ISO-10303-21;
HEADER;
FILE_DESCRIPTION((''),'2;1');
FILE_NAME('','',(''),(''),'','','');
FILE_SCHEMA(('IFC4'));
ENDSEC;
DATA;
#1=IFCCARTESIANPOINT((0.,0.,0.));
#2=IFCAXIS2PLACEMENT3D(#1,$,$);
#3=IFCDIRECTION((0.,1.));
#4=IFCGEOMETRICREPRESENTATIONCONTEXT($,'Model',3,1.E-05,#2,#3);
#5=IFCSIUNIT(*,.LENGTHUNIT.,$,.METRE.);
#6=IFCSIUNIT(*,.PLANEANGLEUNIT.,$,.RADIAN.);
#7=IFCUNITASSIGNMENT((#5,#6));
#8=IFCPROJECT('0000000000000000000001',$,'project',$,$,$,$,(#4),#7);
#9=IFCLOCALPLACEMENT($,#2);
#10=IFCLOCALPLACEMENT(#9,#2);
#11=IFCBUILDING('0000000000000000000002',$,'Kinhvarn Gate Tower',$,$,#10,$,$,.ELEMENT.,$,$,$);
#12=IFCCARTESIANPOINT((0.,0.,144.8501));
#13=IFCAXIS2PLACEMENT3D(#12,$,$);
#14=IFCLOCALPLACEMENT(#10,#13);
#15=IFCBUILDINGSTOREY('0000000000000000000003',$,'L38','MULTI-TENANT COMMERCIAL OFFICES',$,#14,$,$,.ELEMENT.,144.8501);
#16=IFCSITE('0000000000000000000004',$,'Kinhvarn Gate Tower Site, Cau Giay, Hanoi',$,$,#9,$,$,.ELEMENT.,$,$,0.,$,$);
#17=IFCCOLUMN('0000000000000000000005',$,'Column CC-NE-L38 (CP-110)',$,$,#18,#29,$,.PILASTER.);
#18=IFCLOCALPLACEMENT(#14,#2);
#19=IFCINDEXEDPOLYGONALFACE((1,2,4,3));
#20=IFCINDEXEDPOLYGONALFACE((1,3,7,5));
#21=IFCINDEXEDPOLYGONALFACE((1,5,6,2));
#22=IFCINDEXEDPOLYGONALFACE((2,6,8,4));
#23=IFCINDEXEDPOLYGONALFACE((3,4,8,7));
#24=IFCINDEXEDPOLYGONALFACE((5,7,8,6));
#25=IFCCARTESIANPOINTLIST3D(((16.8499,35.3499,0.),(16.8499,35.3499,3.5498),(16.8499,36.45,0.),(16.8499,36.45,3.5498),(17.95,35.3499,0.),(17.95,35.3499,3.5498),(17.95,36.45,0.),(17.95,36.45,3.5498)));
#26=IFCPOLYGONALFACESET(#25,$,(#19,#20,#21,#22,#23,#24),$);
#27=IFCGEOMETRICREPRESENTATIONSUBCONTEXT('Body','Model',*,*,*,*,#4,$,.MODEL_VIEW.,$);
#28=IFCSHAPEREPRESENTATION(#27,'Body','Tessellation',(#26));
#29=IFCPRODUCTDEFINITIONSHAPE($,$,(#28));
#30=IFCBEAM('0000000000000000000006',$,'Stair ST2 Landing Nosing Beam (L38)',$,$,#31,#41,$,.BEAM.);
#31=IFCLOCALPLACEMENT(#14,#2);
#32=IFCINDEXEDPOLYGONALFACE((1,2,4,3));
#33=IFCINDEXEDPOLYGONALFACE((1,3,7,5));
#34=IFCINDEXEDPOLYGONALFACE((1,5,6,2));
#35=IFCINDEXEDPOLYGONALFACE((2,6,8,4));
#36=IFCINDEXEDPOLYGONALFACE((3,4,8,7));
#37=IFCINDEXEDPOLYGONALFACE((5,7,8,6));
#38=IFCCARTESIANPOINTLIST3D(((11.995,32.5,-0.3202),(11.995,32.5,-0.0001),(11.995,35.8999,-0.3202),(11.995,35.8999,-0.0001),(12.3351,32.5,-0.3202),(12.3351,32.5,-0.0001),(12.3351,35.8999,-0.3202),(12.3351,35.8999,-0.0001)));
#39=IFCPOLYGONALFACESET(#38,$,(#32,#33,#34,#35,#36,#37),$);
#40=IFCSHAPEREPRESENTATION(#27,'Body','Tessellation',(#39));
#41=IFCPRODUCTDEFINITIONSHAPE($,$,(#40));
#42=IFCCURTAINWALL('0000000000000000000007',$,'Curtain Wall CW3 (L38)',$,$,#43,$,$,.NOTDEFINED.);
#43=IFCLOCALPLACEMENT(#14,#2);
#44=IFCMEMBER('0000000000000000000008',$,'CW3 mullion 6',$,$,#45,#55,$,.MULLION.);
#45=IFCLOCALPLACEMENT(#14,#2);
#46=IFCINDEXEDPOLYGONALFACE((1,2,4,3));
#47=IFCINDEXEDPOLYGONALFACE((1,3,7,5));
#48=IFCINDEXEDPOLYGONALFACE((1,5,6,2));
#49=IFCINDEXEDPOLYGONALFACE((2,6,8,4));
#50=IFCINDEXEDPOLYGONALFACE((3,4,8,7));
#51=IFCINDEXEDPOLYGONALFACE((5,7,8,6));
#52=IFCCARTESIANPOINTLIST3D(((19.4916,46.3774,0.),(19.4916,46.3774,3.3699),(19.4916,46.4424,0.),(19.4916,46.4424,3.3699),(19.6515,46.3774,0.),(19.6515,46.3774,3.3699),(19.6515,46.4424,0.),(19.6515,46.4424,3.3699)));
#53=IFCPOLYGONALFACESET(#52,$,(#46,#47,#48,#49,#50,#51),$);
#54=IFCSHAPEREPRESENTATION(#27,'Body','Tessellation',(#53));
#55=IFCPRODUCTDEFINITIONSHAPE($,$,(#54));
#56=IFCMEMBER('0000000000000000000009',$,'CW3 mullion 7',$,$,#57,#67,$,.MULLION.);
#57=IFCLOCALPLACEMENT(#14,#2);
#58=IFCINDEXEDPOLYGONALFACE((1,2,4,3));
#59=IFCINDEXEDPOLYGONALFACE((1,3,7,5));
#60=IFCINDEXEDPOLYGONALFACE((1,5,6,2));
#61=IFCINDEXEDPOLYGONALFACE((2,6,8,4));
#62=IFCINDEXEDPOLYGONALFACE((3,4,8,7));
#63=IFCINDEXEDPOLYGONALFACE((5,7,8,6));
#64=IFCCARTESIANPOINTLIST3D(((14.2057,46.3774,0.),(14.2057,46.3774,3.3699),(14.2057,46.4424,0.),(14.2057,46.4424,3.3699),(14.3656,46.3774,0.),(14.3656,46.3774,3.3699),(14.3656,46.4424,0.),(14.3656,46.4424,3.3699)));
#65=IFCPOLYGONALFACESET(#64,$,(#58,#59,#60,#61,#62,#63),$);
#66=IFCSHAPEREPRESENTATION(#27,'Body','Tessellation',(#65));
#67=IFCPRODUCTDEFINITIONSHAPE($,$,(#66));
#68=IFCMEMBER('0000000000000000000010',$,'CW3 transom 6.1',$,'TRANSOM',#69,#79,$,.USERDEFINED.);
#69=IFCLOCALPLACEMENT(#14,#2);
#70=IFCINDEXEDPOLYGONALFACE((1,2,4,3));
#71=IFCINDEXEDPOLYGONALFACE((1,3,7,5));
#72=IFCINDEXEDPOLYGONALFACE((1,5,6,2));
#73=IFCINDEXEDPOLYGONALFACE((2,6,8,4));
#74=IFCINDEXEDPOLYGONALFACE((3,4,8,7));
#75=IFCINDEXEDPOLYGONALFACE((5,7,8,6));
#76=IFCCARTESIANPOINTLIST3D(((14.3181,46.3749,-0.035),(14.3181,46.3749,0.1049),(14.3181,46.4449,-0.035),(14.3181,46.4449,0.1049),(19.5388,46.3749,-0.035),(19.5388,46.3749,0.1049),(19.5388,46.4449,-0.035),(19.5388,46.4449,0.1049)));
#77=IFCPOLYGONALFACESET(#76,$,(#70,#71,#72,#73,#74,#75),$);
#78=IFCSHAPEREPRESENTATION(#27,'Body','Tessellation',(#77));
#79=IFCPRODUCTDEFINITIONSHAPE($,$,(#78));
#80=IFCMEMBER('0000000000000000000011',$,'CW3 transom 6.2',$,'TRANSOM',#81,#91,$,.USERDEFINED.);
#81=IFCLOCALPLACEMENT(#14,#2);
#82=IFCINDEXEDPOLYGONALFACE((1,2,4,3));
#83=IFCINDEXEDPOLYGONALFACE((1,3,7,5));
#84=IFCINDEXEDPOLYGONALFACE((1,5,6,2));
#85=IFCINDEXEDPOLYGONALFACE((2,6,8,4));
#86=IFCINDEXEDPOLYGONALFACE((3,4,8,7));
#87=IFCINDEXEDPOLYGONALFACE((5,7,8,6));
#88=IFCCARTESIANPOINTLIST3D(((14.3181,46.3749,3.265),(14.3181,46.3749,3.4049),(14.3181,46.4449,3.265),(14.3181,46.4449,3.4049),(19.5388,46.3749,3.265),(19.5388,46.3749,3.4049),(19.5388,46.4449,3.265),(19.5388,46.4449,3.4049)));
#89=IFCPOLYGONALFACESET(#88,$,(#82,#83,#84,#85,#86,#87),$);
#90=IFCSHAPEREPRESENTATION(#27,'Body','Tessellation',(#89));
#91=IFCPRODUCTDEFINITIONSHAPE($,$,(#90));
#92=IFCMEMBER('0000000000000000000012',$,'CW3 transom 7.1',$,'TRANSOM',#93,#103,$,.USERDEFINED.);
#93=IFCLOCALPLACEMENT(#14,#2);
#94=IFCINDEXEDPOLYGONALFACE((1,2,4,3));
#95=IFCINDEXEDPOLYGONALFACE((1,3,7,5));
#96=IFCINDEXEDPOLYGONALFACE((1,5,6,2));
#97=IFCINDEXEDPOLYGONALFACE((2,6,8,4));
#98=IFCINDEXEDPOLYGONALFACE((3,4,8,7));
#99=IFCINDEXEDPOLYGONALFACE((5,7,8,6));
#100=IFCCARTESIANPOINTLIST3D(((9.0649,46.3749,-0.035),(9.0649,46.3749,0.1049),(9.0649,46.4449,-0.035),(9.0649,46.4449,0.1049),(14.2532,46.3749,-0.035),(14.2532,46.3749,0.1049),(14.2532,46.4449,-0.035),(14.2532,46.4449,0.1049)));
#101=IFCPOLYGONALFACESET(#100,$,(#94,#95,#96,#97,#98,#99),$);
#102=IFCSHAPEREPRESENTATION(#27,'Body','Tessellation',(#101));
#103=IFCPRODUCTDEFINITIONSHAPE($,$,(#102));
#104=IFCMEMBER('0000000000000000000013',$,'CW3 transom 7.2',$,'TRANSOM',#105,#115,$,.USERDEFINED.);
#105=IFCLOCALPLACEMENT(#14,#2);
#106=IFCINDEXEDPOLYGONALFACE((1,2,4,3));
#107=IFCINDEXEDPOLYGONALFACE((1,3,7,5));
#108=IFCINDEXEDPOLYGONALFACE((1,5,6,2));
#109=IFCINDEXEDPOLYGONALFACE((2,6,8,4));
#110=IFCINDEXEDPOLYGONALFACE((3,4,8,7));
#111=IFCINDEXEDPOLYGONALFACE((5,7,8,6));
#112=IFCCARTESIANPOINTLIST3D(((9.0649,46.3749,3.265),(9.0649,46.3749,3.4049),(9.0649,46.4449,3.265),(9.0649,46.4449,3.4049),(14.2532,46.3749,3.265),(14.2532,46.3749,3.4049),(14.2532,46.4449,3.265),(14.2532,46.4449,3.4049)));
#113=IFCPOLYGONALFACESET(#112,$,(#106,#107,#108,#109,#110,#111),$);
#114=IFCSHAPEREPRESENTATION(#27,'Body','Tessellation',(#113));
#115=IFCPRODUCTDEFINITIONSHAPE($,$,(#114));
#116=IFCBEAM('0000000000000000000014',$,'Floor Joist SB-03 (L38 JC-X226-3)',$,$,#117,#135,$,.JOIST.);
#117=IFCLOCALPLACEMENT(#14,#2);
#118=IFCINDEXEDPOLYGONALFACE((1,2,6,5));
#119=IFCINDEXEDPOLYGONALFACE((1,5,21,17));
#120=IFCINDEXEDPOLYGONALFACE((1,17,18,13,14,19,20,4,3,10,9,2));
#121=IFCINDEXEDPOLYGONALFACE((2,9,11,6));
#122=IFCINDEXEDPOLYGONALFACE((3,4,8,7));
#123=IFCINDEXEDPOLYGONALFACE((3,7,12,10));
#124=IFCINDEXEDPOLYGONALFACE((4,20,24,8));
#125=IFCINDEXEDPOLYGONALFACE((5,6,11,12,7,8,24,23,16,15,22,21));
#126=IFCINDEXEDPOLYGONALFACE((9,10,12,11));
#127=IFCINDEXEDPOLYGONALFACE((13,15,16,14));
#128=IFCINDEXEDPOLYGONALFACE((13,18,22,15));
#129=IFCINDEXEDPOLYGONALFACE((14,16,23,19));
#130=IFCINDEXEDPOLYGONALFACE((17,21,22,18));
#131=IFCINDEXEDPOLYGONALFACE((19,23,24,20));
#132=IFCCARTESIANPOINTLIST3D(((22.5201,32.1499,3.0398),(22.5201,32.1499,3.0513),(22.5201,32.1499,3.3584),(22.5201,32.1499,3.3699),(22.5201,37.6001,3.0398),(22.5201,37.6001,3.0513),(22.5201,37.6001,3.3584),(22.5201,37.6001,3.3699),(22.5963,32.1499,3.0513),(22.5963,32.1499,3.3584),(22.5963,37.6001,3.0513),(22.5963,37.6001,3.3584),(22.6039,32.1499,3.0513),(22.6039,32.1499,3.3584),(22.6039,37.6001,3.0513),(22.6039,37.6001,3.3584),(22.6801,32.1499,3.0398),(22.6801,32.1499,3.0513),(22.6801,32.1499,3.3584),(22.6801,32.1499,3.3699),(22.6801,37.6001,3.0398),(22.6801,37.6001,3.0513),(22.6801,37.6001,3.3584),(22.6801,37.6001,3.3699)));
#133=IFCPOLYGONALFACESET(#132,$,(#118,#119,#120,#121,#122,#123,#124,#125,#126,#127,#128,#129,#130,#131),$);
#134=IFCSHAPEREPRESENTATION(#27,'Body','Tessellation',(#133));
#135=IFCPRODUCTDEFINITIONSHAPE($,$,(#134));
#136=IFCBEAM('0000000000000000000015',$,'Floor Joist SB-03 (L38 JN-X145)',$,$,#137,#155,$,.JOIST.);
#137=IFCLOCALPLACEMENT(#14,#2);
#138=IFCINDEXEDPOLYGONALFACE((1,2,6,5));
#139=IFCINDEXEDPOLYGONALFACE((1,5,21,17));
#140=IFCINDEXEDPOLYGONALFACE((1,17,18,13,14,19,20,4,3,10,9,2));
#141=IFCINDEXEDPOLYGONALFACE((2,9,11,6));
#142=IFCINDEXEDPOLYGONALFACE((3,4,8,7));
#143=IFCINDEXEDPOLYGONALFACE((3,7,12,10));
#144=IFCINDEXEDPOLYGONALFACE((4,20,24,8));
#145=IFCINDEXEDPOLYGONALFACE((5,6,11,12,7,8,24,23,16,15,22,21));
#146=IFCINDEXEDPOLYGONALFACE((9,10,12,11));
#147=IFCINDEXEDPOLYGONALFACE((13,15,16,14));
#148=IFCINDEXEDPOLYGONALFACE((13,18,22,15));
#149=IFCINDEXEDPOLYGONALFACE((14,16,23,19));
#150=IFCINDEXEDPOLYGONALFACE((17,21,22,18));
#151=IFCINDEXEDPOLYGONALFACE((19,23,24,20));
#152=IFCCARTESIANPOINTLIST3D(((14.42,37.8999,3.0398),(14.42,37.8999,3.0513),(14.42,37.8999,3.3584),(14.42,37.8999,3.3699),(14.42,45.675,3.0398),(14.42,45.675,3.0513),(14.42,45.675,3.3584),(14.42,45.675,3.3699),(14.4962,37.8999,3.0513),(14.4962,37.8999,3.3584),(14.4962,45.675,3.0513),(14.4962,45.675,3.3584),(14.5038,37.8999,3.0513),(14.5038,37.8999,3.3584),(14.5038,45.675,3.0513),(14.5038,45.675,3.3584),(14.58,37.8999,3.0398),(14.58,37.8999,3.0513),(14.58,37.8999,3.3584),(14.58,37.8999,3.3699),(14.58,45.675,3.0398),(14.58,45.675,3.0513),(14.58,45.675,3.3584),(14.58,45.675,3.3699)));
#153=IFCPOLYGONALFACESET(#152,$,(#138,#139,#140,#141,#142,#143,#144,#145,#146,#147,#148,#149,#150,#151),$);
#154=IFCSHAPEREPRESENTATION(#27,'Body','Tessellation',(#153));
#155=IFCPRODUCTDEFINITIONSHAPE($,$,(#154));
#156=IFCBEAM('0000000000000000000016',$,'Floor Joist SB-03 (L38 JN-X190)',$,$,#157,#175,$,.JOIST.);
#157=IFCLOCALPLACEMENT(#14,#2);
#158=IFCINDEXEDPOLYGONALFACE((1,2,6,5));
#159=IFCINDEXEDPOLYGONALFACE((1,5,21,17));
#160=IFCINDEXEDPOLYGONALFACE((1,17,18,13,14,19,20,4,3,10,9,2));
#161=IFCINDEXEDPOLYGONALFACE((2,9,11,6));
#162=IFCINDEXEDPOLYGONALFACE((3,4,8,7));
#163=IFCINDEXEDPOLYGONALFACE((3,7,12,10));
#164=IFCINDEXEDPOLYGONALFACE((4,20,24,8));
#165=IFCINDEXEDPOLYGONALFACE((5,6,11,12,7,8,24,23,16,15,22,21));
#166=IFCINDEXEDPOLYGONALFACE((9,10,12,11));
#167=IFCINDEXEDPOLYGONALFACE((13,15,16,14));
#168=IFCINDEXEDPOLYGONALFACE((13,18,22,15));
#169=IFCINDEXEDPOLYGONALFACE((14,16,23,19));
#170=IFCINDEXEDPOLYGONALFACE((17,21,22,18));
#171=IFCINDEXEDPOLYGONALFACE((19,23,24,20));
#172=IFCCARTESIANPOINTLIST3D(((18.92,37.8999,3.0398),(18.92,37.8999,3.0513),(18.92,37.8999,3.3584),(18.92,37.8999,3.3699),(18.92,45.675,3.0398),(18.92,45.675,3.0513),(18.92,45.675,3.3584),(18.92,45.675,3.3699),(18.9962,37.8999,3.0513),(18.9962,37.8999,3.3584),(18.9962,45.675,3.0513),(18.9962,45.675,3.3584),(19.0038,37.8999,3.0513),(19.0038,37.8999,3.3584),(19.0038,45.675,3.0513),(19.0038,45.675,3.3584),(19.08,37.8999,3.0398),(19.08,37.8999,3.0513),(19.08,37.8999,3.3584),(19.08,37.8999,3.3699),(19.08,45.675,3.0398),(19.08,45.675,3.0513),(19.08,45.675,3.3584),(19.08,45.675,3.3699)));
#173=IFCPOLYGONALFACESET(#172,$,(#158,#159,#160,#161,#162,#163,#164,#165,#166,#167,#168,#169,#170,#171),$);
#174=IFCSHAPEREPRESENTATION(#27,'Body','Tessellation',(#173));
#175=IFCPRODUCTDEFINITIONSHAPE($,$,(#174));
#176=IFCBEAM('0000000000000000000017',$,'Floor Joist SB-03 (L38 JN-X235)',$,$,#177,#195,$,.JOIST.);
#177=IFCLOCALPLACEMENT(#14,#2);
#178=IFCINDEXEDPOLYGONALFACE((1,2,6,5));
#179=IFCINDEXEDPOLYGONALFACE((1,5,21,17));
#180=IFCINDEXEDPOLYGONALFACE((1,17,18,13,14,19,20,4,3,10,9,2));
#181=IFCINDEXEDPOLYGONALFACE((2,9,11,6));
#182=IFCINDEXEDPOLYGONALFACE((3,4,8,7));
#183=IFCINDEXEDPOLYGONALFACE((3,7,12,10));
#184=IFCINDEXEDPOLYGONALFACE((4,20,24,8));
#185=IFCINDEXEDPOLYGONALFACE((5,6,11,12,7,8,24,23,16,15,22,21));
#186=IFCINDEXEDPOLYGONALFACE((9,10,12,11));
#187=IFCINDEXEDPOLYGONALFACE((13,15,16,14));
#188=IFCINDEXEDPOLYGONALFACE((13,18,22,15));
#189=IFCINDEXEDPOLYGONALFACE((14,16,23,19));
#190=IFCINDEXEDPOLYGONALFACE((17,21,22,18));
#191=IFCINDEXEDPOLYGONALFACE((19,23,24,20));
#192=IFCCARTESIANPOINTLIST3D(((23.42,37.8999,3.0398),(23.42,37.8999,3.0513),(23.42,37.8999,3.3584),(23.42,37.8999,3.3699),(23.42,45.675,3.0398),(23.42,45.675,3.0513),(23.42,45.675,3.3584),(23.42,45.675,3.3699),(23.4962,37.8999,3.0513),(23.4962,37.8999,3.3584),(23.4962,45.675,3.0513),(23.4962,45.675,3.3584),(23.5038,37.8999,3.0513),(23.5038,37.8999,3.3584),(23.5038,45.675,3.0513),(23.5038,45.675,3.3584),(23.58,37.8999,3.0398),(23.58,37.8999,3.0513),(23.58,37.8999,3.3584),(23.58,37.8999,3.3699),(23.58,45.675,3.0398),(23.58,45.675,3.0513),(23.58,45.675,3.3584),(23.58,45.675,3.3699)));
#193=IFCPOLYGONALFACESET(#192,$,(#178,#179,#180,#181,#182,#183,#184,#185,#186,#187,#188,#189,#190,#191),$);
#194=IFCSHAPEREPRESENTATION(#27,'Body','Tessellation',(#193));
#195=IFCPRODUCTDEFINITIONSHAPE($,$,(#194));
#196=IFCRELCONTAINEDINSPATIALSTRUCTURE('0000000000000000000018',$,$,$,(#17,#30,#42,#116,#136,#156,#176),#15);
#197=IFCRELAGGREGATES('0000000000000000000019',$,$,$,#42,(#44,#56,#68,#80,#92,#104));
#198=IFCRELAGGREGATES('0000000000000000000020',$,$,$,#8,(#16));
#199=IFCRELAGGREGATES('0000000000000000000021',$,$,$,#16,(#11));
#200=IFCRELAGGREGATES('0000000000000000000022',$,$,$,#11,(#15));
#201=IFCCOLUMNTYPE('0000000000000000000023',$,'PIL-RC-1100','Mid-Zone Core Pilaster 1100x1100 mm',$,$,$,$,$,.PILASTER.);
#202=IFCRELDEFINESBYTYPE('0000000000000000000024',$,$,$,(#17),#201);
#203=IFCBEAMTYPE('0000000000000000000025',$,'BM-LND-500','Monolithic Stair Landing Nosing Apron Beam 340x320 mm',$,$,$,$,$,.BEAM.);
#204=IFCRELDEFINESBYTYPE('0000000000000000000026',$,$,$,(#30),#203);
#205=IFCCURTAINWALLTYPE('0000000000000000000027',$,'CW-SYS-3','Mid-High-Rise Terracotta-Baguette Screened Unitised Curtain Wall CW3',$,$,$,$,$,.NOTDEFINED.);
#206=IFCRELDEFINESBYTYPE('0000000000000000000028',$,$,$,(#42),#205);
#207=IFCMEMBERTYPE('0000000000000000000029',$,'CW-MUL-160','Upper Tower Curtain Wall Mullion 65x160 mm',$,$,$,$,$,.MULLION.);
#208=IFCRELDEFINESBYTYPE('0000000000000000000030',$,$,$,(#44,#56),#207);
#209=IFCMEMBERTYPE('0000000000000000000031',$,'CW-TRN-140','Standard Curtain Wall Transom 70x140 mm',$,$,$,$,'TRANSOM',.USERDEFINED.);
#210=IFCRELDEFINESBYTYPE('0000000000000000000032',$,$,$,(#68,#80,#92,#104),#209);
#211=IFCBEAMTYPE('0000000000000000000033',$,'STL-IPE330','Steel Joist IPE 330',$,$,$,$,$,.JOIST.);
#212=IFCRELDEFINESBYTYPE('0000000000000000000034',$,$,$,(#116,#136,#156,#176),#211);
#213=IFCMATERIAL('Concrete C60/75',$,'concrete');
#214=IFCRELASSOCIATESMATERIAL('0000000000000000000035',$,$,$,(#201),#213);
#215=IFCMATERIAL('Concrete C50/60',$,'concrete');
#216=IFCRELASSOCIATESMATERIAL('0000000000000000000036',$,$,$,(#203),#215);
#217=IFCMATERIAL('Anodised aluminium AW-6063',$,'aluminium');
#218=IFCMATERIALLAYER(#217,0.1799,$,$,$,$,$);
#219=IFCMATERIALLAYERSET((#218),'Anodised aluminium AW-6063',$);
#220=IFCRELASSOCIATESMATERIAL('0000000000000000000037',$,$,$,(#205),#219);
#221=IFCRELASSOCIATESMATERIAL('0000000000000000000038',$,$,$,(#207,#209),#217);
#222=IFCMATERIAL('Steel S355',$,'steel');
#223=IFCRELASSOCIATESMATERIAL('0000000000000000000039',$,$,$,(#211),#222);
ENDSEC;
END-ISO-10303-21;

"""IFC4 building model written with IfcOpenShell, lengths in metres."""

from ifc_helpers import new_model, si_unit, direction, frame, origin, origin_2d, place, context, subcontext, project, spatial, rectangle, i_section, extrude, material, layer, layer_set, material_profile, profile_set, type_object, element, aggregate, save


model = new_model("IFC4")

# Units and contexts
model_context = context("Model", 3, precision=1e-05, world=origin(), true_north=direction((0.0, 1.0)))
body_context = subcontext(model_context, "Body", "Model", "MODEL_VIEW")
ifc_project = project(units=[si_unit("LENGTHUNIT", "METRE"), si_unit("PLANEANGLEUNIT", "RADIAN")], contexts=[model_context])

# Site, building, storey
site_placement = place(None, origin())
site = spatial("IfcSite", under=ifc_project, at=site_placement, Name="Kinhvarn Gate Tower Site, Cau Giay, Hanoi", CompositionType="ELEMENT", RefElevation=0.0)
building_placement = place(site_placement, origin())
building = spatial("IfcBuilding", under=site, at=building_placement, Name="Kinhvarn Gate Tower", CompositionType="ELEMENT")
storey_placement = place(building_placement, frame((0.0, 0.0, 144.8501)))
storey = spatial("IfcBuildingStorey", under=building, at=storey_placement, Name="L38", Description="MULTI-TENANT COMMERCIAL OFFICES", CompositionType="ELEMENT", Elevation=144.8501)

# Column
ifc_material_1 = material(Name="Concrete C60/75", Category="concrete")
ifc_material_profile_1 = material_profile(ifc_material_1, rectangle(XDim=1.1001, YDim=1.1001, at=origin_2d()), Name="RC 1100x1100")
ifc_profile_set_1 = profile_set([ifc_material_profile_1], Name="Concrete C60/75")
column_type = type_object("IfcColumnType", Name="PIL-RC-1100", Description="Mid-Zone Core Pilaster 1100x1100 mm", PredefinedType="PILASTER", material=ifc_profile_set_1)
column_placement = place(storey_placement, frame((17.3999, 35.8999, 0.0), z_axis=(0.0, 0.0, 1.0), x_axis=(1.0, 0.0, 0.0)))
element("IfcColumn", 1, at=column_placement, inside=storey, type_object=column_type, Name="Column CC-NE-L38 (CP-110)", PredefinedType="PILASTER", context=body_context, shape_type="SweptSolid", body=[
    extrude(rectangle(XDim=1.1001, YDim=1.1001, at=origin_2d()), origin(), (0.0, 0.0, 1.0), 3.5498),
])

# Beam
ifc_material_2 = material(Name="Concrete C50/60", Category="concrete")
ifc_material_profile_2 = material_profile(ifc_material_2, rectangle(XDim=0.3401, YDim=0.3201, at=origin_2d()), Name="RC 340x320")
ifc_profile_set_2 = profile_set([ifc_material_profile_2], Name="Concrete C50/60")
beam_type_1 = type_object("IfcBeamType", Name="BM-LND-500", Description="Monolithic Stair Landing Nosing Apron Beam 340x320 mm", PredefinedType="BEAM", material=ifc_profile_set_2)
beam_1_placement = place(storey_placement, frame((12.165, 32.5, -0.1602), z_axis=(0.0, 1.0, 0.0), x_axis=(-1.0, 0.0, 0.0)))
element("IfcBeam", 2, at=beam_1_placement, inside=storey, type_object=beam_type_1, Name="Stair ST2 Landing Nosing Beam (L38)", PredefinedType="BEAM", context=body_context, shape_type="SweptSolid", body=[
    extrude(rectangle(XDim=0.3401, YDim=0.3201, at=origin_2d()), origin(), (0.0, 0.0, 1.0), 3.3999),
])

# Curtain wall, members
ifc_material_3 = material(Name="Anodised aluminium AW-6063", Category="aluminium")
ifc_layer_1 = layer(ifc_material_3, 0.1799)
ifc_layer_set_1 = layer_set([ifc_layer_1], Name="Anodised aluminium AW-6063")
curtain_wall_type = type_object("IfcCurtainWallType", Name="CW-SYS-3", Description="Mid-High-Rise Terracotta-Baguette Screened Unitised Curtain Wall CW3", PredefinedType="NOTDEFINED", material=ifc_layer_set_1)
curtain_wall_placement = place(storey_placement, origin())
curtain_wall = element("IfcCurtainWall", 3, at=curtain_wall_placement, inside=storey, type_object=curtain_wall_type, Name="Curtain Wall CW3 (L38)", PredefinedType="NOTDEFINED")
ifc_material_profile_3 = material_profile(ifc_material_3, rectangle(XDim=0.0649, YDim=0.1599, at=origin_2d()), Name="ALU 65x160")
ifc_profile_set_3 = profile_set([ifc_material_profile_3], Name="Anodised aluminium AW-6063")
member_type_1 = type_object("IfcMemberType", Name="CW-MUL-160", Description="Upper Tower Curtain Wall Mullion 65x160 mm", PredefinedType="MULLION", material=ifc_profile_set_3)
member_1_placement = place(storey_placement, frame((19.5715, 46.4099, 0.0), z_axis=(0.0, 0.0, 1.0), x_axis=(0.0, -1.0, 0.0)))
member_1 = element("IfcMember", 4, at=member_1_placement, type_object=member_type_1, Name="CW3 mullion 6", PredefinedType="MULLION", context=body_context, shape_type="SweptSolid", body=[
    extrude(rectangle(XDim=0.0649, YDim=0.1599, at=origin_2d()), origin(), (0.0, 0.0, 1.0), 3.3699),
])
member_2_placement = place(storey_placement, frame((14.2856, 46.4099, 0.0), z_axis=(0.0, 0.0, 1.0), x_axis=(0.0, -1.0, 0.0)))
member_2 = element("IfcMember", 5, at=member_2_placement, type_object=member_type_1, Name="CW3 mullion 7", PredefinedType="MULLION", context=body_context, shape_type="SweptSolid", body=[
    extrude(rectangle(XDim=0.0649, YDim=0.1599, at=origin_2d()), origin(), (0.0, 0.0, 1.0), 3.3699),
])
ifc_material_profile_4 = material_profile(ifc_material_3, rectangle(XDim=0.0701, YDim=0.1399, at=origin_2d()), Name="ALU 70x140")
ifc_profile_set_4 = profile_set([ifc_material_profile_4], Name="Anodised aluminium AW-6063")
member_type_2 = type_object("IfcMemberType", Name="CW-TRN-140", Description="Standard Curtain Wall Transom 70x140 mm", ElementType="TRANSOM", PredefinedType="USERDEFINED", material=ifc_profile_set_4)
member_3_placement = place(storey_placement, frame((19.5388, 46.4099, 0.0349), z_axis=(-1.0, 0.0, 0.0), x_axis=(0.0, -1.0, 0.0)))
member_3 = element("IfcMember", 6, at=member_3_placement, type_object=member_type_2, Name="CW3 transom 6.1", ObjectType="TRANSOM", PredefinedType="USERDEFINED", context=body_context, shape_type="SweptSolid", body=[
    extrude(rectangle(XDim=0.0701, YDim=0.1399, at=origin_2d()), origin(), (0.0, 0.0, 1.0), 5.2207),
])
member_4_placement = place(storey_placement, frame((19.5388, 46.4099, 3.335), z_axis=(-1.0, 0.0, 0.0), x_axis=(0.0, -1.0, 0.0)))
member_4 = element("IfcMember", 7, at=member_4_placement, type_object=member_type_2, Name="CW3 transom 6.2", ObjectType="TRANSOM", PredefinedType="USERDEFINED", context=body_context, shape_type="SweptSolid", body=[
    extrude(rectangle(XDim=0.0701, YDim=0.1399, at=origin_2d()), origin(), (0.0, 0.0, 1.0), 5.2207),
])
member_5_placement = place(storey_placement, frame((14.2532, 46.4099, 0.0349), z_axis=(-1.0, 0.0, 0.0), x_axis=(0.0, -1.0, 0.0)))
member_5 = element("IfcMember", 8, at=member_5_placement, type_object=member_type_2, Name="CW3 transom 7.1", ObjectType="TRANSOM", PredefinedType="USERDEFINED", context=body_context, shape_type="SweptSolid", body=[
    extrude(rectangle(XDim=0.0701, YDim=0.1399, at=origin_2d()), origin(), (0.0, 0.0, 1.0), 5.1882),
])
member_6_placement = place(storey_placement, frame((14.2532, 46.4099, 3.335), z_axis=(-1.0, 0.0, 0.0), x_axis=(0.0, -1.0, 0.0)))
member_6 = element("IfcMember", 9, at=member_6_placement, type_object=member_type_2, Name="CW3 transom 7.2", ObjectType="TRANSOM", PredefinedType="USERDEFINED", context=body_context, shape_type="SweptSolid", body=[
    extrude(rectangle(XDim=0.0701, YDim=0.1399, at=origin_2d()), origin(), (0.0, 0.0, 1.0), 5.1882),
])

# Beams
ifc_material_4 = material(Name="Steel S355", Category="steel")
ifc_material_profile_5 = material_profile(ifc_material_4, i_section(OverallWidth=0.1599, OverallDepth=0.3301, WebThickness=0.0076, FlangeThickness=0.0115, at=origin_2d()), Name="IPE 330")
ifc_profile_set_5 = profile_set([ifc_material_profile_5], Name="Steel S355")
beam_type_2 = type_object("IfcBeamType", Name="STL-IPE330", Description="Steel Joist IPE 330", PredefinedType="JOIST", material=ifc_profile_set_5)
beam_2_placement = place(storey_placement, frame((22.6001, 32.1499, 3.2048), z_axis=(0.0, 1.0, 0.0), x_axis=(-1.0, 0.0, 0.0)))
element("IfcBeam", 10, at=beam_2_placement, inside=storey, type_object=beam_type_2, Name="Floor Joist SB-03 (L38 JC-X226-3)", PredefinedType="JOIST", context=body_context, shape_type="SweptSolid", body=[
    extrude(i_section(OverallWidth=0.1599, OverallDepth=0.3301, WebThickness=0.0076, FlangeThickness=0.0115, at=origin_2d()), origin(), (0.0, 0.0, 1.0), 5.4502),
])
for number, where, z_axis, x_axis, name in (
    (11, (14.5, 37.8999, 3.2048), (0.0, 1.0, 0.0), (-1.0, 0.0, 0.0), "Floor Joist SB-03 (L38 JN-X145)"),
    (12, (19.0, 37.8999, 3.2048), (0.0, 1.0, 0.0), (-1.0, 0.0, 0.0), "Floor Joist SB-03 (L38 JN-X190)"),
    (13, (23.5, 37.8999, 3.2048), (0.0, 1.0, 0.0), (-1.0, 0.0, 0.0), "Floor Joist SB-03 (L38 JN-X235)"),
):
    element("IfcBeam", number, at=place(storey_placement, frame(where, z_axis=z_axis, x_axis=x_axis)), inside=storey, type_object=beam_type_2, Name=name, PredefinedType="JOIST", context=body_context, shape_type="SweptSolid", body=[
        extrude(i_section(OverallWidth=0.1599, OverallDepth=0.3301, WebThickness=0.0076, FlangeThickness=0.0115, at=origin_2d()), origin(), (0.0, 0.0, 1.0), 7.7751),
    ])

aggregate(curtain_wall, [member_1, member_2, member_3, member_4, member_5, member_6])

save(model, "model.ifc")
